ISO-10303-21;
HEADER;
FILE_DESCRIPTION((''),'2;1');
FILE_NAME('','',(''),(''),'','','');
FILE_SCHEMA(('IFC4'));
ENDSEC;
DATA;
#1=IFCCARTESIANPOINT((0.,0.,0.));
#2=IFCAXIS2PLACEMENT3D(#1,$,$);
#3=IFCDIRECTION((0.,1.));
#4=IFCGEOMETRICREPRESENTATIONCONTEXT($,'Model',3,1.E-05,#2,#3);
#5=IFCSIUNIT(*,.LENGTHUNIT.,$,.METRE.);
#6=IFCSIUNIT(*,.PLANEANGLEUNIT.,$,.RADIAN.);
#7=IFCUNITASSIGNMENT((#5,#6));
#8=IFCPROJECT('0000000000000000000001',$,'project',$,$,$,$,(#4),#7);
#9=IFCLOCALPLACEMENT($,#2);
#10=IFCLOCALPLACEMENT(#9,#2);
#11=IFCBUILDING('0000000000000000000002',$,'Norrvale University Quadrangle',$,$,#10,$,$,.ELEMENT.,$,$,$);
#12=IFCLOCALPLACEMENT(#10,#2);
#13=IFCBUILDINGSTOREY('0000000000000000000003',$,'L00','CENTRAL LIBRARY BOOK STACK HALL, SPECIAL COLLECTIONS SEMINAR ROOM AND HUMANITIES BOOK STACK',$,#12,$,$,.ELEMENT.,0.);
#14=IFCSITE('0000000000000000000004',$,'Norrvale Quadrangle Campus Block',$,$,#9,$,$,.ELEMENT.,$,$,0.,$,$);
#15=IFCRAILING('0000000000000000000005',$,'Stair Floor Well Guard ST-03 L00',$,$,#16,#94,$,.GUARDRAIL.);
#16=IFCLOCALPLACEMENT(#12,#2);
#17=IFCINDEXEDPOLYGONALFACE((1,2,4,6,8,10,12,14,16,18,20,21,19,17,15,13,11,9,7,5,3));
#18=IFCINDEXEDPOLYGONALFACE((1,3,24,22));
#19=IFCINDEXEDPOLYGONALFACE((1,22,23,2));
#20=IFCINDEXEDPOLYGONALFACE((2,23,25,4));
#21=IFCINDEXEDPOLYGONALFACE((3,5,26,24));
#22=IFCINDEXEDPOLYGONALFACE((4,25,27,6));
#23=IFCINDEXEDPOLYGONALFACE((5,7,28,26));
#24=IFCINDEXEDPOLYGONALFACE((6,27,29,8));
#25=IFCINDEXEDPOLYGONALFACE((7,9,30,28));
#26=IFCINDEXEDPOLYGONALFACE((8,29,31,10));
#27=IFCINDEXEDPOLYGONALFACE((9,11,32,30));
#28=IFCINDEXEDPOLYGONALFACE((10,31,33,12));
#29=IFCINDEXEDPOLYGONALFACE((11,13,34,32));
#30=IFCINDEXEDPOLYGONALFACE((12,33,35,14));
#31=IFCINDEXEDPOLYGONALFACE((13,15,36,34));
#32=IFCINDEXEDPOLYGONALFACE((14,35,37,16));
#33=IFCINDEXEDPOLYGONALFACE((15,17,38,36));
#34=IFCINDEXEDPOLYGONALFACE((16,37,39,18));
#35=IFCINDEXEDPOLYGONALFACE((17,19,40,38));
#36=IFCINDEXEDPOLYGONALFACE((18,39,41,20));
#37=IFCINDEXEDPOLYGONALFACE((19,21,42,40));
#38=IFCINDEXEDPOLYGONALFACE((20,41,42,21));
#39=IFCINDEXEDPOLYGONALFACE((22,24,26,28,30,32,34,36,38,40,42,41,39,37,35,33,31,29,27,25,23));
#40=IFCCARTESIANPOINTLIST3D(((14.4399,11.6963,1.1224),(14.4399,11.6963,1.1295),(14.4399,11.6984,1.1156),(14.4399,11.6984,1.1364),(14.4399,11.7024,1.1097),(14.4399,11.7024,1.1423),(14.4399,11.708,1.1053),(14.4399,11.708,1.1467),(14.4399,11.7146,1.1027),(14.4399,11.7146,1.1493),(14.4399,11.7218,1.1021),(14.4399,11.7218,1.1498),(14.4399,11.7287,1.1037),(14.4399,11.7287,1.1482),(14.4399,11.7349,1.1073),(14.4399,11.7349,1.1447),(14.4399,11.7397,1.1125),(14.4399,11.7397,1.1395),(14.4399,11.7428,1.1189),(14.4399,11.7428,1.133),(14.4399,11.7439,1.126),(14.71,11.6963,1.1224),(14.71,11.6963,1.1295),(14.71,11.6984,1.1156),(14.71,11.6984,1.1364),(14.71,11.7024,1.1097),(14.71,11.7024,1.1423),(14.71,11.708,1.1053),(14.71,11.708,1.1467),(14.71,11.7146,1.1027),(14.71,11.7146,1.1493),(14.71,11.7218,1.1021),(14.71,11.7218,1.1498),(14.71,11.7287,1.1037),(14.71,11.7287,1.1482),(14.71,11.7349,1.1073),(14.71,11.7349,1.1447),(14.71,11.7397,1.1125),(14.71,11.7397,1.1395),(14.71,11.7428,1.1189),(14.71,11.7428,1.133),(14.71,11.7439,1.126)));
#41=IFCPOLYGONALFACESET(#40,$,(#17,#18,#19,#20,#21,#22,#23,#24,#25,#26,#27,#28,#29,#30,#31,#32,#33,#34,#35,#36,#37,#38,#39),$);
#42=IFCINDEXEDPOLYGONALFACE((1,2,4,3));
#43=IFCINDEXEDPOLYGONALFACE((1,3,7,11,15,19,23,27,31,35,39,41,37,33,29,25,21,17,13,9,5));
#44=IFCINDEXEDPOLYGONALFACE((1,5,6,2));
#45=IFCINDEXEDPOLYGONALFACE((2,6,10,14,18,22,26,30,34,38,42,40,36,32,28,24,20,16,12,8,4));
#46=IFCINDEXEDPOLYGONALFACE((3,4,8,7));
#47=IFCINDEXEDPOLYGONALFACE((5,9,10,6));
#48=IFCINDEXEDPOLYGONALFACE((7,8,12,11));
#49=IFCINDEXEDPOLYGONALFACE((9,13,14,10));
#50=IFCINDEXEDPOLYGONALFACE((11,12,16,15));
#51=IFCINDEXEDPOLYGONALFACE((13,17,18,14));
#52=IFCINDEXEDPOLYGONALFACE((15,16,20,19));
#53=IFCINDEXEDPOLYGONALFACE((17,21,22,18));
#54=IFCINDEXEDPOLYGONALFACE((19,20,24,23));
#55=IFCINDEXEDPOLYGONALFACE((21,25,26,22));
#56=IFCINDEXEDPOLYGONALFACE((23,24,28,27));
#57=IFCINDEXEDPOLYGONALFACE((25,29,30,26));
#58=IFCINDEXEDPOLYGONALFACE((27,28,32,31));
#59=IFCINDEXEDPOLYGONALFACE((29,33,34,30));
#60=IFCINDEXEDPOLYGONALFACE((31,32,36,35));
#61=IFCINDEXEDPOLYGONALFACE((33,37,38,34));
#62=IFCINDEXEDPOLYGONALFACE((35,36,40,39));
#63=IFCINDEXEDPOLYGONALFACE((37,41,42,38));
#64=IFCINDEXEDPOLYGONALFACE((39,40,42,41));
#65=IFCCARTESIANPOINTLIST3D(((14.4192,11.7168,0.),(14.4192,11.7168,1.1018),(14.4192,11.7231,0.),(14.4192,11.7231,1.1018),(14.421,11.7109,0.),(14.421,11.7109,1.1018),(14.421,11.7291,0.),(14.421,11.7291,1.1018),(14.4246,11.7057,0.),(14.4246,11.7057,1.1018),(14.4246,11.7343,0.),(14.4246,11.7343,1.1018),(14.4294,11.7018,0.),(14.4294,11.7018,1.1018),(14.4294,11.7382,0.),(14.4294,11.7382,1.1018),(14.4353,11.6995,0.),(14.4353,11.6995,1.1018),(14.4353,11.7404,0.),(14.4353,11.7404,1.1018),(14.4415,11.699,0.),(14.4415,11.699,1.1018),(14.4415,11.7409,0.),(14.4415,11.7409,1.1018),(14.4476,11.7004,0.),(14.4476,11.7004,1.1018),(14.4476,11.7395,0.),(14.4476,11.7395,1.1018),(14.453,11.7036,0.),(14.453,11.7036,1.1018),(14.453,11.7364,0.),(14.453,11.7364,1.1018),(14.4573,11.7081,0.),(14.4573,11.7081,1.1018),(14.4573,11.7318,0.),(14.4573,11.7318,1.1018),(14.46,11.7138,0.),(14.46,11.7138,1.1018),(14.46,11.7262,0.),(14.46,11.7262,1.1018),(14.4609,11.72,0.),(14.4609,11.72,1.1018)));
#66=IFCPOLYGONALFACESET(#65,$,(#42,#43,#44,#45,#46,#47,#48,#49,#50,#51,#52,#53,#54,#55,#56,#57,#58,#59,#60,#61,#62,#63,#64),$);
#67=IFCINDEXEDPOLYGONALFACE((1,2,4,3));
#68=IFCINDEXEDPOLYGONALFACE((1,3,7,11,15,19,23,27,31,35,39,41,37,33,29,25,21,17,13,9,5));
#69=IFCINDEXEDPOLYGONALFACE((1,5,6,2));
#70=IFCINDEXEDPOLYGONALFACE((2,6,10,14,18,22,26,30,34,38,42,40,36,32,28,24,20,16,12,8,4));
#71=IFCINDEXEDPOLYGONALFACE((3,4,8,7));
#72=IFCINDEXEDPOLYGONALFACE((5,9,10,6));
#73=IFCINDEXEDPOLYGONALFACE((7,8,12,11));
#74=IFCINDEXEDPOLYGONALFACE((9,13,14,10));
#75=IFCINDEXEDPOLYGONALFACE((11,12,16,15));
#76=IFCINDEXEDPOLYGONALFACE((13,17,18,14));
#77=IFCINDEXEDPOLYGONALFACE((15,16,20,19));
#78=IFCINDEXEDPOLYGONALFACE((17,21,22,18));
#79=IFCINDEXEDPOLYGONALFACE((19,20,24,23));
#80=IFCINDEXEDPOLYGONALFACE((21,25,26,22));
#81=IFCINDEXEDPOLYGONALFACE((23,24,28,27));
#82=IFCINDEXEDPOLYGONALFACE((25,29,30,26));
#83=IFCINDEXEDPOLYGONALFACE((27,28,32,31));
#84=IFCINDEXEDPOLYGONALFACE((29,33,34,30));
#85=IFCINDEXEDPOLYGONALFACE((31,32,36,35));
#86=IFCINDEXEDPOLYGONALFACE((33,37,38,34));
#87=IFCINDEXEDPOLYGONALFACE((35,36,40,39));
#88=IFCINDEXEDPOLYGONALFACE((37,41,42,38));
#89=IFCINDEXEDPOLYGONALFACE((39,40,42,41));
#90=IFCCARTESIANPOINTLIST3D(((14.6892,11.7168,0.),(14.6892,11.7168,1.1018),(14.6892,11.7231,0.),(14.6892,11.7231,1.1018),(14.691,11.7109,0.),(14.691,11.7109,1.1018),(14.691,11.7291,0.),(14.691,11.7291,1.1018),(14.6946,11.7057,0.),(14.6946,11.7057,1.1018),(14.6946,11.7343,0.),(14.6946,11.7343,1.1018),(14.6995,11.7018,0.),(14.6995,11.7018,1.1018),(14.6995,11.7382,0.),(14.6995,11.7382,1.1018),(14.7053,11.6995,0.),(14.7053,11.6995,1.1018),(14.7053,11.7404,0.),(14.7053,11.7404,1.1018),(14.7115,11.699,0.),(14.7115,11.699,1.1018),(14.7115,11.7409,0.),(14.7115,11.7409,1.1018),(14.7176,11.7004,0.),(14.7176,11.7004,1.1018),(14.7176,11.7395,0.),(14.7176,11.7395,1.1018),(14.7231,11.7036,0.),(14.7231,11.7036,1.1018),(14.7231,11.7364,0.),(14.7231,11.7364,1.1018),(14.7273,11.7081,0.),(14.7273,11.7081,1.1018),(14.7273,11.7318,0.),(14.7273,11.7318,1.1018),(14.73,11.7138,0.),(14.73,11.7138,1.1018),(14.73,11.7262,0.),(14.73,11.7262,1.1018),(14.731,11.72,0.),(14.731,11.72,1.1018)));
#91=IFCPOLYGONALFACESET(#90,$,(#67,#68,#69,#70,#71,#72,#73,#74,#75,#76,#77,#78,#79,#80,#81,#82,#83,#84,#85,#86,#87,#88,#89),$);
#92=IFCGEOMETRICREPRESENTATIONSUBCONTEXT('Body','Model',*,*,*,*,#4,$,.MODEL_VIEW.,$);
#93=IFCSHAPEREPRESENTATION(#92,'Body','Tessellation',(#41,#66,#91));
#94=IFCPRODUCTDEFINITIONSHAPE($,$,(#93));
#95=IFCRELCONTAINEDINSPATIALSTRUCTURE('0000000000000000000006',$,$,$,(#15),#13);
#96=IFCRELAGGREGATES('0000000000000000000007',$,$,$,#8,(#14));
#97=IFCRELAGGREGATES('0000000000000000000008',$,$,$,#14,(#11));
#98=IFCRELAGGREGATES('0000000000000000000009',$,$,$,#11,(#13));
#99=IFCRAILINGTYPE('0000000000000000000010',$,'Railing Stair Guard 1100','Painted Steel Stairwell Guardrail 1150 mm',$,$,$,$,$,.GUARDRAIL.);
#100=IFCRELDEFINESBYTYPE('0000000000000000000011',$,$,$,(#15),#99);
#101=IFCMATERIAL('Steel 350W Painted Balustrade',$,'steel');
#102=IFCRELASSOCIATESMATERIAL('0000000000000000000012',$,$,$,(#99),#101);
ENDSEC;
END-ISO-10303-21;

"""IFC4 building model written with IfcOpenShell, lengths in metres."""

from ifc_helpers import new_model, si_unit, direction, frame, origin, origin_2d, place, context, subcontext, project, spatial, circle, extrude, material, type_object, element, save


model = new_model("IFC4")

# Units and contexts
model_context = context("Model", 3, precision=1e-05, world=origin(), true_north=direction((0.0, 1.0)))
body_context = subcontext(model_context, "Body", "Model", "MODEL_VIEW")
ifc_project = project(units=[si_unit("LENGTHUNIT", "METRE"), si_unit("PLANEANGLEUNIT", "RADIAN")], contexts=[model_context])

# Site, building, storey
site_placement = place(None, origin())
site = spatial("IfcSite", under=ifc_project, at=site_placement, Name="Norrvale Quadrangle Campus Block", CompositionType="ELEMENT", RefElevation=0.0)
building_placement = place(site_placement, origin())
building = spatial("IfcBuilding", under=site, at=building_placement, Name="Norrvale University Quadrangle", CompositionType="ELEMENT")
storey_placement = place(building_placement, origin())
storey = spatial("IfcBuildingStorey", under=building, at=storey_placement, Name="L00", Description="CENTRAL LIBRARY BOOK STACK HALL, SPECIAL COLLECTIONS SEMINAR ROOM AND HUMANITIES BOOK STACK", CompositionType="ELEMENT", Elevation=0.0)

# Railing
ifc_material_1 = material(Name="Steel 350W Painted Balustrade", Category="steel")
railing_type_1 = type_object("IfcRailingType", Name="Railing Stair Guard 1100", Description="Painted Steel Stairwell Guardrail 1150 mm", PredefinedType="GUARDRAIL", material=ifc_material_1)
railing_1_placement = place(storey_placement, frame((14.4399, 11.72, 0.0)))
element("IfcRailing", 1, at=railing_1_placement, inside=storey, type_object=railing_type_1, Name="Stair Floor Well Guard ST-03 L00", PredefinedType="GUARDRAIL", context=body_context, shape_type="SweptSolid", body=[
    extrude(circle(Radius=0.0239, at=origin_2d()), frame((0.0, 0.0, 1.126), z_axis=(1.0, 0.0, 0.0), x_axis=(0.0, 1.0, 0.0)), (0.0, 0.0, 1.0), 0.27),
    extrude(circle(Radius=0.021, at=origin_2d()), origin(), (0.0, 0.0, 1.0), 1.1018),
    extrude(circle(Radius=0.021, at=origin_2d()), frame((0.27, 0.0, 0.0)), (0.0, 0.0, 1.0), 1.1018),
])

save(model, "model.ifc")
